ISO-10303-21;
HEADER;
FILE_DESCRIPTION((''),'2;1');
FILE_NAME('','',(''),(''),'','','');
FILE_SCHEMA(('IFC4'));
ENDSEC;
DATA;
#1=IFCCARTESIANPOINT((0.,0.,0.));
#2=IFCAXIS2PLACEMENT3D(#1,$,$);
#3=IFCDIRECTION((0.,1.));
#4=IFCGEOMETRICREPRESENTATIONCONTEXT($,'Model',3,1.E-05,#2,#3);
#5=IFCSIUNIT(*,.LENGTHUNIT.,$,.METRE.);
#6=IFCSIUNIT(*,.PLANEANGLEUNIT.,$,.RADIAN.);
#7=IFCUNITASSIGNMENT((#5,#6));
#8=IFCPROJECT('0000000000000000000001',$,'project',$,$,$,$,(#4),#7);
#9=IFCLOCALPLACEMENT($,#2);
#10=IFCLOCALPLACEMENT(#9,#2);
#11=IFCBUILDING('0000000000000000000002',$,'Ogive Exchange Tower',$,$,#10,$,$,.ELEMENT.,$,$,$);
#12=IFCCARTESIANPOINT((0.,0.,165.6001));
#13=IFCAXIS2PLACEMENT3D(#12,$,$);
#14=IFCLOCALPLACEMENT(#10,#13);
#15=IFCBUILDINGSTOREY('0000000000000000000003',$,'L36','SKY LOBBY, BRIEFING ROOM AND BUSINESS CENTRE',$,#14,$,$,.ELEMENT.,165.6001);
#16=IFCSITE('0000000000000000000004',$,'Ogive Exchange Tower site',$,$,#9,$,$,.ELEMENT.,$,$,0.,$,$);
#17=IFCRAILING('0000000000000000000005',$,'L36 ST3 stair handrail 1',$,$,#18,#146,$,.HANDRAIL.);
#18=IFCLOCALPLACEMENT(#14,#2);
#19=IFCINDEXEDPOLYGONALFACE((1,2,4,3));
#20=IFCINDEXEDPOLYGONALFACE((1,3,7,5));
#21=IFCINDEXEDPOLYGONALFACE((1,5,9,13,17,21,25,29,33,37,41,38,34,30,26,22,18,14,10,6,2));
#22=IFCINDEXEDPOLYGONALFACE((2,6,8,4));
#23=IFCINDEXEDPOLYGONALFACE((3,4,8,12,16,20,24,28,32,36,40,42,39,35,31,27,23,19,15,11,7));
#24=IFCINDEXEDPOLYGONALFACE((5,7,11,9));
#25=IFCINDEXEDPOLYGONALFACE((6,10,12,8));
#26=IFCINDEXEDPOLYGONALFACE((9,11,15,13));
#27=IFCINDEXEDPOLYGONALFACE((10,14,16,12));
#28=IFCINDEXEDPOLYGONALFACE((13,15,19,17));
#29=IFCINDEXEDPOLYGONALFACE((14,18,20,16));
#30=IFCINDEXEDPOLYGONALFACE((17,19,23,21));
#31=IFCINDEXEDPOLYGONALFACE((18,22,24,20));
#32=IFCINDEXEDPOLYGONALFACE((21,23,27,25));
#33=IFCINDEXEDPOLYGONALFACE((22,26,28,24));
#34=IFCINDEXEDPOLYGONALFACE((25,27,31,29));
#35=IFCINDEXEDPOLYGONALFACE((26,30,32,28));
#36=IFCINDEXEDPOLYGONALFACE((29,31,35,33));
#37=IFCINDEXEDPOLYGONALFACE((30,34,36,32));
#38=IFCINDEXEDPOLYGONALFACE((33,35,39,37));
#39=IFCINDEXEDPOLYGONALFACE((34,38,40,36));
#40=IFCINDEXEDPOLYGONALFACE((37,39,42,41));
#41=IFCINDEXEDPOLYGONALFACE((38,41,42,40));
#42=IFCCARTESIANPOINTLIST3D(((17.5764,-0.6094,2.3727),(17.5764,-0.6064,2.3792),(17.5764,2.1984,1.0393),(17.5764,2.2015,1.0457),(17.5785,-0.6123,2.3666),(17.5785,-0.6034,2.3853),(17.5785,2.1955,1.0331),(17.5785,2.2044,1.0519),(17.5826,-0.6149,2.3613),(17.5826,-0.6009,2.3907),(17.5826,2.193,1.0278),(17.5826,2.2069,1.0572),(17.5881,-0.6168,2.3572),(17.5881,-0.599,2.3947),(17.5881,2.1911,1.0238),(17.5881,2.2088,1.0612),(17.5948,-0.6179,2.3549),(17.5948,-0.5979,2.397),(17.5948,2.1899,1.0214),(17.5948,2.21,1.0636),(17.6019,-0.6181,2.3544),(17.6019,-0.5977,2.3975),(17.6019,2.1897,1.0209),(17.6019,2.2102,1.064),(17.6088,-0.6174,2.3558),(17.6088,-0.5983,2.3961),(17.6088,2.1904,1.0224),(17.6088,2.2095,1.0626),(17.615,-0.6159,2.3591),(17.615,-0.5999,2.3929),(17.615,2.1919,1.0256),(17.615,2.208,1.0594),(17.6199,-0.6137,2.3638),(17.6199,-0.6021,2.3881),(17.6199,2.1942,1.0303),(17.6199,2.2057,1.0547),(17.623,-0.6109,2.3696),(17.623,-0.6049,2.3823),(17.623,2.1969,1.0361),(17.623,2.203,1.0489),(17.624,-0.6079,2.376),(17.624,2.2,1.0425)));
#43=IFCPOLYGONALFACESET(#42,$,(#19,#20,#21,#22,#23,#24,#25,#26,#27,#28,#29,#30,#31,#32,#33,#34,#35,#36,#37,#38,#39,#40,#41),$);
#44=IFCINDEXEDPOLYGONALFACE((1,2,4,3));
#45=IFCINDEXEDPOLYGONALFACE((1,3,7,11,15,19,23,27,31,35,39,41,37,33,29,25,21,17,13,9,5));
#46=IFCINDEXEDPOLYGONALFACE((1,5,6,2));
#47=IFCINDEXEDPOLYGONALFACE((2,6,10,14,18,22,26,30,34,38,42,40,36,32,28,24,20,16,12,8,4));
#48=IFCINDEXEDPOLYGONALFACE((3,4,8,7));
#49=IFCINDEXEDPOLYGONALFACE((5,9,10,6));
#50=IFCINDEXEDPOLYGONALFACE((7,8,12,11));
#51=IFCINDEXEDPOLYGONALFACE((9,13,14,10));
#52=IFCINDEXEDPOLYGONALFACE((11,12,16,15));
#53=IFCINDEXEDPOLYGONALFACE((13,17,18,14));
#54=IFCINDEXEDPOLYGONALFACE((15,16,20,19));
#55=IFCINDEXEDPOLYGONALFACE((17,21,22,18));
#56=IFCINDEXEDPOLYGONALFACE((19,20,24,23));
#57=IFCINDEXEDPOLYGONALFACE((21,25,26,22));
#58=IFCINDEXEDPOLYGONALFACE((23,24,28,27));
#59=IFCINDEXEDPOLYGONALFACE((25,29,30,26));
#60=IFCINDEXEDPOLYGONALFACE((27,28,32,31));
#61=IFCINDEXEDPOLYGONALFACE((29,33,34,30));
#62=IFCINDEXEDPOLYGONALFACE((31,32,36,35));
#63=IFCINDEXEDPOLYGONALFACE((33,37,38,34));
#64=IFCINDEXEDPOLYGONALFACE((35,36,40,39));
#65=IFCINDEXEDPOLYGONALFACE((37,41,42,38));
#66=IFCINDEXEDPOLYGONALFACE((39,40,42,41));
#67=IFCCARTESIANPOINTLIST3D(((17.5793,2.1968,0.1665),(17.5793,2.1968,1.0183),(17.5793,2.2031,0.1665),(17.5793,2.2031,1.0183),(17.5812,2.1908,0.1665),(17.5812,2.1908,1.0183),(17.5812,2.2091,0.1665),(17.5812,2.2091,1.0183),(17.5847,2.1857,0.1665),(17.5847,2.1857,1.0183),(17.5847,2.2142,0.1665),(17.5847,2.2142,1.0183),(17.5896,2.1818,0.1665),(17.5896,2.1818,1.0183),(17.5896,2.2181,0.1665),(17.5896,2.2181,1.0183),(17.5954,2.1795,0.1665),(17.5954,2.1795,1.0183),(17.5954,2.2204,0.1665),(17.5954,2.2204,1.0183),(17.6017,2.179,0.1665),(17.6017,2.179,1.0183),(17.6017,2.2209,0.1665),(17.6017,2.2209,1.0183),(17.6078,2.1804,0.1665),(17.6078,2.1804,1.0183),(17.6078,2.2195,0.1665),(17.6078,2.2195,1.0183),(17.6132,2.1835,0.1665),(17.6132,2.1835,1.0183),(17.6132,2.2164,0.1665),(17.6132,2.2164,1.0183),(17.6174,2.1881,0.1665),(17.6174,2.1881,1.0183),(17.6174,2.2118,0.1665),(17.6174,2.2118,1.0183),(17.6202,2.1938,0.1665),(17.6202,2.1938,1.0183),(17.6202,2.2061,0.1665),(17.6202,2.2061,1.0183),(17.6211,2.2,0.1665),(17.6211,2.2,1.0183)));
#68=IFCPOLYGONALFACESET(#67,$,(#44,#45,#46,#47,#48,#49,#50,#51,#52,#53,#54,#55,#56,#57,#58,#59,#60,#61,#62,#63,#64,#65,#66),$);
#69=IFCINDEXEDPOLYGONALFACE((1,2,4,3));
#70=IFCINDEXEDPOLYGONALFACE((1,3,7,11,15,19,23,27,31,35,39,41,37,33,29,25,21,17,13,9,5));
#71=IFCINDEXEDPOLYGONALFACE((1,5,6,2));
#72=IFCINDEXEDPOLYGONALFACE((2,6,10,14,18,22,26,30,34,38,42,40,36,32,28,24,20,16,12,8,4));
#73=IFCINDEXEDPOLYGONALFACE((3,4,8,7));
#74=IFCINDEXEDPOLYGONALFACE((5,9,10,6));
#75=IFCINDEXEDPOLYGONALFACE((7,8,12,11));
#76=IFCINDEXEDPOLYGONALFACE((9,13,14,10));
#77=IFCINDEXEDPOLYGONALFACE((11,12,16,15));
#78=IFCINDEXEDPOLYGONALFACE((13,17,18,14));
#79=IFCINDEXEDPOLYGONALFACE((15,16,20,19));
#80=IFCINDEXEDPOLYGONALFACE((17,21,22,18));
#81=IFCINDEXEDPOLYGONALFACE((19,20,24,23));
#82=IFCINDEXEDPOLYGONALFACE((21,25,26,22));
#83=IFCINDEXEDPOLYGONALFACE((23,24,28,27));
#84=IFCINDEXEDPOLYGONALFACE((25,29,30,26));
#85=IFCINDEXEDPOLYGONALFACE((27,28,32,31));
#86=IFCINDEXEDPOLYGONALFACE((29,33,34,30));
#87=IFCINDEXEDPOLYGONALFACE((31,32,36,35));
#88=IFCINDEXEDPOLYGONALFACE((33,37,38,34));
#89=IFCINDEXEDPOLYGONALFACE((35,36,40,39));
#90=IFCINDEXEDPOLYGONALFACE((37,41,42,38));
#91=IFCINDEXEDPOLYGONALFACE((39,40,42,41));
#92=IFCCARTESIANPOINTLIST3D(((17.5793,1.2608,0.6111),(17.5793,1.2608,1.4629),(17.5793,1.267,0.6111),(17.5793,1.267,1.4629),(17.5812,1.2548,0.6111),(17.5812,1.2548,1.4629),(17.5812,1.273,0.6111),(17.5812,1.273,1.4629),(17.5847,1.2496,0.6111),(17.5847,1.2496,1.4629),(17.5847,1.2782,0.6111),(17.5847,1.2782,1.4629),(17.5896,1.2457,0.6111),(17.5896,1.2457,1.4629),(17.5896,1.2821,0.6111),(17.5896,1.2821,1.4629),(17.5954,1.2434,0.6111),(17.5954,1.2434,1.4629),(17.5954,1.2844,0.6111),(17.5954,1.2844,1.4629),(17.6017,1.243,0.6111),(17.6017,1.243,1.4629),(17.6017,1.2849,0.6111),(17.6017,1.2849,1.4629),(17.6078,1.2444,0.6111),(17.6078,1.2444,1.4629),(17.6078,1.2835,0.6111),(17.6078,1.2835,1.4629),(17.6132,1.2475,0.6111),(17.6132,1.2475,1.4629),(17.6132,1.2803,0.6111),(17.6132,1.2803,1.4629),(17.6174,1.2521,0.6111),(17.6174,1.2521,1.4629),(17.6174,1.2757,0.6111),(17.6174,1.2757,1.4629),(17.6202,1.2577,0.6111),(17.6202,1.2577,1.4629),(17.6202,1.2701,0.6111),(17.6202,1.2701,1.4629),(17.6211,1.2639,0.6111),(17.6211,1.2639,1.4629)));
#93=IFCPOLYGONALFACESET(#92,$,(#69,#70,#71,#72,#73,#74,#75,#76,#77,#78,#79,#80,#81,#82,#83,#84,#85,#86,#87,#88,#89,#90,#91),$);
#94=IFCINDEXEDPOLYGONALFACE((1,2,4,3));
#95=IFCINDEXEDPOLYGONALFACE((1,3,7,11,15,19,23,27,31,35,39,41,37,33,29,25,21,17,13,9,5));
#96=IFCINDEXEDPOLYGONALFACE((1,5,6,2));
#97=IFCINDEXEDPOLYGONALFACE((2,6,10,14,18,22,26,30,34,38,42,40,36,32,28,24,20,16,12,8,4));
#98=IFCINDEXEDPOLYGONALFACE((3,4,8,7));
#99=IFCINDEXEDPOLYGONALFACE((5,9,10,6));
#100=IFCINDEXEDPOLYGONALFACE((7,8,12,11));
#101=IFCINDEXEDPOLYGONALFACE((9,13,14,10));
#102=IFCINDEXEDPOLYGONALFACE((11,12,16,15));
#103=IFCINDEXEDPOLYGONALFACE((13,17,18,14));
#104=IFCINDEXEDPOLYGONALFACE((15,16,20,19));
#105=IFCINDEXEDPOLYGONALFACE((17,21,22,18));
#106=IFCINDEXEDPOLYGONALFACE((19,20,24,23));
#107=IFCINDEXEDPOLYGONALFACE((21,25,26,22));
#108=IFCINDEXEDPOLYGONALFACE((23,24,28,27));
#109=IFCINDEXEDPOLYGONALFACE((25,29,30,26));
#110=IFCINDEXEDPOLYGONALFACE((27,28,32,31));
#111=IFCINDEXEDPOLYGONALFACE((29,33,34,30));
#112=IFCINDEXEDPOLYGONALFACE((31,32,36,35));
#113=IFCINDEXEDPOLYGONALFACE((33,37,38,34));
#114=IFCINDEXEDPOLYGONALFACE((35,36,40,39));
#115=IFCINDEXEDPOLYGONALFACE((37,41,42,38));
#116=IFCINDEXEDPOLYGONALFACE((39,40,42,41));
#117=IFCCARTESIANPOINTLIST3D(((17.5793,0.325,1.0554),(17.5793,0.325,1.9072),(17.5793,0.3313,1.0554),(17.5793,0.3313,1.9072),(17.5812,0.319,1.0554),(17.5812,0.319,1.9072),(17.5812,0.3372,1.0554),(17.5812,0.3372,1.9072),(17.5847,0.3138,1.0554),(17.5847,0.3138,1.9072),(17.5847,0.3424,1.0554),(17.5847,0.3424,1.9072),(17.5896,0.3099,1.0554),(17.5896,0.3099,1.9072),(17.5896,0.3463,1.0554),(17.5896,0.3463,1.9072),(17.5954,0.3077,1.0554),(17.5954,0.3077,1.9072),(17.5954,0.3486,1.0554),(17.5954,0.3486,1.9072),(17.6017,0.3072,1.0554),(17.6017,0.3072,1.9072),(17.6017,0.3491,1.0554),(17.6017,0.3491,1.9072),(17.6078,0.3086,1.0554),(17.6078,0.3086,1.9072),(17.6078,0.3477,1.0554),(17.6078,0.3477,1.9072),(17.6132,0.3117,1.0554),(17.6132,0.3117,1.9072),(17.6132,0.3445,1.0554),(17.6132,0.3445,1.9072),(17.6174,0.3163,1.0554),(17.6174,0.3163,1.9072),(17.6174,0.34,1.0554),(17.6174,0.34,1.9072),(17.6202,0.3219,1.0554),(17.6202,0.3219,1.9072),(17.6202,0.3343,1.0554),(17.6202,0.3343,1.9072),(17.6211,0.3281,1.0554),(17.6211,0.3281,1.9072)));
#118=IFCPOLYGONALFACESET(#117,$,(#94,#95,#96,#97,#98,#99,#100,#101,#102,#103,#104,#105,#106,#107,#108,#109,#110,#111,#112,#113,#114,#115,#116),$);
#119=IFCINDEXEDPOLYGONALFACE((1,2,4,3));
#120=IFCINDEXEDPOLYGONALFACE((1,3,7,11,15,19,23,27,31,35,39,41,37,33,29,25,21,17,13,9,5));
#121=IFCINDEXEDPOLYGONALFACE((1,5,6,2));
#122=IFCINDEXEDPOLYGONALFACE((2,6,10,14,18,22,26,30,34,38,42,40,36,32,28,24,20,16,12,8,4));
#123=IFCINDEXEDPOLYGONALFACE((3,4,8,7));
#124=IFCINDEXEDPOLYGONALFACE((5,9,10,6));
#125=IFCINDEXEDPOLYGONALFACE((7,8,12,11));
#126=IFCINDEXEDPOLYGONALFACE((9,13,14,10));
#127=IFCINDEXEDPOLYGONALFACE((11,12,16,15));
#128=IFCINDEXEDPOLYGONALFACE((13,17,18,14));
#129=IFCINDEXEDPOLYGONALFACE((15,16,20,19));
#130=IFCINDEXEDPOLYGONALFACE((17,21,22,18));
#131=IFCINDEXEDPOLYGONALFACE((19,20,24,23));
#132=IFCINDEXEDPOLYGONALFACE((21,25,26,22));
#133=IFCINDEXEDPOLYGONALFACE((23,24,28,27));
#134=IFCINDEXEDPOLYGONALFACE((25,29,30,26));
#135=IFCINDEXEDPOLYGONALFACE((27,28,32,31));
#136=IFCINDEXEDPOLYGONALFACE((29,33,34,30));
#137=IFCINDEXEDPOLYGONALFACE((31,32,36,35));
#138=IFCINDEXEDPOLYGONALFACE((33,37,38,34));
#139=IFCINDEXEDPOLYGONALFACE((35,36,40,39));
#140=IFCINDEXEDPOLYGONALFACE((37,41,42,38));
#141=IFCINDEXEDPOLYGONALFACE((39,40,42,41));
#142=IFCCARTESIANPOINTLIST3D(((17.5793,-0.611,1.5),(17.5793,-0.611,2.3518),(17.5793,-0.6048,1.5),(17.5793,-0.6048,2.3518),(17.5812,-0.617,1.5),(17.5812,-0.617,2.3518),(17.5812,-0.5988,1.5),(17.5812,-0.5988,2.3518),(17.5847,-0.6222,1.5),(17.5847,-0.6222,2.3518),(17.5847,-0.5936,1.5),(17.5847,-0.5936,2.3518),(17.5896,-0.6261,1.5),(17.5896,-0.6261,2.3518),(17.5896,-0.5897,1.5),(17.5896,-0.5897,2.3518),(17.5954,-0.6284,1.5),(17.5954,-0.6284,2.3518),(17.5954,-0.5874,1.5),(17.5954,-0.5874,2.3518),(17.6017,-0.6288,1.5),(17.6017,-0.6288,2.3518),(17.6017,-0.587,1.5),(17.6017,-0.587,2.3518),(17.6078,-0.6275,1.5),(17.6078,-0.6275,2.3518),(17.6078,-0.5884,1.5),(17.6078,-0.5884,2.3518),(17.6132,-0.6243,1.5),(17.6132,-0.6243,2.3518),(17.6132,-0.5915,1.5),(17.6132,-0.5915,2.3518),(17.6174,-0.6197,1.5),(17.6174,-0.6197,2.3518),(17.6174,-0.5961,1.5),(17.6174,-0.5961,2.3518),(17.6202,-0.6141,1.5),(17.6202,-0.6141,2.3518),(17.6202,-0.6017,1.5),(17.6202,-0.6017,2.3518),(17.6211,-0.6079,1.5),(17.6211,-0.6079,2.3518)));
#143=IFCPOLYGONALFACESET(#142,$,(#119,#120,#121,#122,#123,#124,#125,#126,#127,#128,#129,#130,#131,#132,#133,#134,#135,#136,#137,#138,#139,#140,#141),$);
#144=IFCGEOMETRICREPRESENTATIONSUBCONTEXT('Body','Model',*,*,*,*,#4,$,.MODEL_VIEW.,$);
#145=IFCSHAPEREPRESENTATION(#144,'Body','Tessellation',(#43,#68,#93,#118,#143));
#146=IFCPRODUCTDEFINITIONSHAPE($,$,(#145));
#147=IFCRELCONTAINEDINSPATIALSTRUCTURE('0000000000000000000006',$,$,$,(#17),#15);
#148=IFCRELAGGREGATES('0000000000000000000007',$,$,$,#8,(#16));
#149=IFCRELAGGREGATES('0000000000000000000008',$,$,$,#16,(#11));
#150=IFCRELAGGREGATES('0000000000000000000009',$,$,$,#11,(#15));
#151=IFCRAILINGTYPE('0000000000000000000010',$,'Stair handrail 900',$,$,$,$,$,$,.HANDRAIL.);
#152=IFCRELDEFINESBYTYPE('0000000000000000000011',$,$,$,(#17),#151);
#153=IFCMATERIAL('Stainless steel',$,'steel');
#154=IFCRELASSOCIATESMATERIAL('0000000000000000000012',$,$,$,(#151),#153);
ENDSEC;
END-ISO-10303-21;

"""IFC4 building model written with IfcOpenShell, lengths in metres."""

from ifc_helpers import new_model, si_unit, direction, frame, origin, origin_2d, place, context, subcontext, project, spatial, circle, extrude, material, type_object, element, save


model = new_model("IFC4")

# Units and contexts
model_context = context("Model", 3, precision=1e-05, world=origin(), true_north=direction((0.0, 1.0)))
body_context = subcontext(model_context, "Body", "Model", "MODEL_VIEW")
ifc_project = project(units=[si_unit("LENGTHUNIT", "METRE"), si_unit("PLANEANGLEUNIT", "RADIAN")], contexts=[model_context])

# Site, building, storey
site_placement = place(None, origin())
site = spatial("IfcSite", under=ifc_project, at=site_placement, Name="Ogive Exchange Tower site", CompositionType="ELEMENT", RefElevation=0.0)
building_placement = place(site_placement, origin())
building = spatial("IfcBuilding", under=site, at=building_placement, Name="Ogive Exchange Tower", CompositionType="ELEMENT")
storey_placement = place(building_placement, frame((0.0, 0.0, 165.6001)))
storey = spatial("IfcBuildingStorey", under=building, at=storey_placement, Name="L36", Description="SKY LOBBY, BRIEFING ROOM AND BUSINESS CENTRE", CompositionType="ELEMENT", Elevation=165.6001)

# Shared definitions
ifc_material_1 = material(Name="Stainless steel", Category="steel")

# Railing
railing_type = type_object("IfcRailingType", Name="Stair handrail 900", PredefinedType="HANDRAIL", material=ifc_material_1)
for number, where, name in (
    (1, (17.6001, 2.2, 0.1665), "L36 ST3 stair handrail 1"),
):
    element("IfcRailing", number, at=place(storey_placement, frame(where)), inside=storey, type_object=railing_type, Name=name, PredefinedType="HANDRAIL", context=body_context, shape_type="SweptSolid", body=[
        extrude(circle(Radius=0.0239, at=origin_2d()), frame((0.0, 0.0, 0.876), z_axis=(0.0, -0.903307, 0.428994), x_axis=(1.0, 0.0, 0.0)), (0.0, 0.0, 1.0), 3.1084),
        extrude(circle(Radius=0.021, at=origin_2d()), origin(), (0.0, 0.0, 1.0), 0.8518),
        extrude(circle(Radius=0.021, at=origin_2d()), frame((0.0, -0.936, 0.4446)), (0.0, 0.0, 1.0), 0.8518),
        extrude(circle(Radius=0.021, at=origin_2d()), frame((0.0, -1.8718, 0.8889)), (0.0, 0.0, 1.0), 0.8518),
        extrude(circle(Radius=0.021, at=origin_2d()), frame((0.0, -2.8079, 1.3335)), (0.0, 0.0, 1.0), 0.8518),
    ])

save(model, "model.ifc")
